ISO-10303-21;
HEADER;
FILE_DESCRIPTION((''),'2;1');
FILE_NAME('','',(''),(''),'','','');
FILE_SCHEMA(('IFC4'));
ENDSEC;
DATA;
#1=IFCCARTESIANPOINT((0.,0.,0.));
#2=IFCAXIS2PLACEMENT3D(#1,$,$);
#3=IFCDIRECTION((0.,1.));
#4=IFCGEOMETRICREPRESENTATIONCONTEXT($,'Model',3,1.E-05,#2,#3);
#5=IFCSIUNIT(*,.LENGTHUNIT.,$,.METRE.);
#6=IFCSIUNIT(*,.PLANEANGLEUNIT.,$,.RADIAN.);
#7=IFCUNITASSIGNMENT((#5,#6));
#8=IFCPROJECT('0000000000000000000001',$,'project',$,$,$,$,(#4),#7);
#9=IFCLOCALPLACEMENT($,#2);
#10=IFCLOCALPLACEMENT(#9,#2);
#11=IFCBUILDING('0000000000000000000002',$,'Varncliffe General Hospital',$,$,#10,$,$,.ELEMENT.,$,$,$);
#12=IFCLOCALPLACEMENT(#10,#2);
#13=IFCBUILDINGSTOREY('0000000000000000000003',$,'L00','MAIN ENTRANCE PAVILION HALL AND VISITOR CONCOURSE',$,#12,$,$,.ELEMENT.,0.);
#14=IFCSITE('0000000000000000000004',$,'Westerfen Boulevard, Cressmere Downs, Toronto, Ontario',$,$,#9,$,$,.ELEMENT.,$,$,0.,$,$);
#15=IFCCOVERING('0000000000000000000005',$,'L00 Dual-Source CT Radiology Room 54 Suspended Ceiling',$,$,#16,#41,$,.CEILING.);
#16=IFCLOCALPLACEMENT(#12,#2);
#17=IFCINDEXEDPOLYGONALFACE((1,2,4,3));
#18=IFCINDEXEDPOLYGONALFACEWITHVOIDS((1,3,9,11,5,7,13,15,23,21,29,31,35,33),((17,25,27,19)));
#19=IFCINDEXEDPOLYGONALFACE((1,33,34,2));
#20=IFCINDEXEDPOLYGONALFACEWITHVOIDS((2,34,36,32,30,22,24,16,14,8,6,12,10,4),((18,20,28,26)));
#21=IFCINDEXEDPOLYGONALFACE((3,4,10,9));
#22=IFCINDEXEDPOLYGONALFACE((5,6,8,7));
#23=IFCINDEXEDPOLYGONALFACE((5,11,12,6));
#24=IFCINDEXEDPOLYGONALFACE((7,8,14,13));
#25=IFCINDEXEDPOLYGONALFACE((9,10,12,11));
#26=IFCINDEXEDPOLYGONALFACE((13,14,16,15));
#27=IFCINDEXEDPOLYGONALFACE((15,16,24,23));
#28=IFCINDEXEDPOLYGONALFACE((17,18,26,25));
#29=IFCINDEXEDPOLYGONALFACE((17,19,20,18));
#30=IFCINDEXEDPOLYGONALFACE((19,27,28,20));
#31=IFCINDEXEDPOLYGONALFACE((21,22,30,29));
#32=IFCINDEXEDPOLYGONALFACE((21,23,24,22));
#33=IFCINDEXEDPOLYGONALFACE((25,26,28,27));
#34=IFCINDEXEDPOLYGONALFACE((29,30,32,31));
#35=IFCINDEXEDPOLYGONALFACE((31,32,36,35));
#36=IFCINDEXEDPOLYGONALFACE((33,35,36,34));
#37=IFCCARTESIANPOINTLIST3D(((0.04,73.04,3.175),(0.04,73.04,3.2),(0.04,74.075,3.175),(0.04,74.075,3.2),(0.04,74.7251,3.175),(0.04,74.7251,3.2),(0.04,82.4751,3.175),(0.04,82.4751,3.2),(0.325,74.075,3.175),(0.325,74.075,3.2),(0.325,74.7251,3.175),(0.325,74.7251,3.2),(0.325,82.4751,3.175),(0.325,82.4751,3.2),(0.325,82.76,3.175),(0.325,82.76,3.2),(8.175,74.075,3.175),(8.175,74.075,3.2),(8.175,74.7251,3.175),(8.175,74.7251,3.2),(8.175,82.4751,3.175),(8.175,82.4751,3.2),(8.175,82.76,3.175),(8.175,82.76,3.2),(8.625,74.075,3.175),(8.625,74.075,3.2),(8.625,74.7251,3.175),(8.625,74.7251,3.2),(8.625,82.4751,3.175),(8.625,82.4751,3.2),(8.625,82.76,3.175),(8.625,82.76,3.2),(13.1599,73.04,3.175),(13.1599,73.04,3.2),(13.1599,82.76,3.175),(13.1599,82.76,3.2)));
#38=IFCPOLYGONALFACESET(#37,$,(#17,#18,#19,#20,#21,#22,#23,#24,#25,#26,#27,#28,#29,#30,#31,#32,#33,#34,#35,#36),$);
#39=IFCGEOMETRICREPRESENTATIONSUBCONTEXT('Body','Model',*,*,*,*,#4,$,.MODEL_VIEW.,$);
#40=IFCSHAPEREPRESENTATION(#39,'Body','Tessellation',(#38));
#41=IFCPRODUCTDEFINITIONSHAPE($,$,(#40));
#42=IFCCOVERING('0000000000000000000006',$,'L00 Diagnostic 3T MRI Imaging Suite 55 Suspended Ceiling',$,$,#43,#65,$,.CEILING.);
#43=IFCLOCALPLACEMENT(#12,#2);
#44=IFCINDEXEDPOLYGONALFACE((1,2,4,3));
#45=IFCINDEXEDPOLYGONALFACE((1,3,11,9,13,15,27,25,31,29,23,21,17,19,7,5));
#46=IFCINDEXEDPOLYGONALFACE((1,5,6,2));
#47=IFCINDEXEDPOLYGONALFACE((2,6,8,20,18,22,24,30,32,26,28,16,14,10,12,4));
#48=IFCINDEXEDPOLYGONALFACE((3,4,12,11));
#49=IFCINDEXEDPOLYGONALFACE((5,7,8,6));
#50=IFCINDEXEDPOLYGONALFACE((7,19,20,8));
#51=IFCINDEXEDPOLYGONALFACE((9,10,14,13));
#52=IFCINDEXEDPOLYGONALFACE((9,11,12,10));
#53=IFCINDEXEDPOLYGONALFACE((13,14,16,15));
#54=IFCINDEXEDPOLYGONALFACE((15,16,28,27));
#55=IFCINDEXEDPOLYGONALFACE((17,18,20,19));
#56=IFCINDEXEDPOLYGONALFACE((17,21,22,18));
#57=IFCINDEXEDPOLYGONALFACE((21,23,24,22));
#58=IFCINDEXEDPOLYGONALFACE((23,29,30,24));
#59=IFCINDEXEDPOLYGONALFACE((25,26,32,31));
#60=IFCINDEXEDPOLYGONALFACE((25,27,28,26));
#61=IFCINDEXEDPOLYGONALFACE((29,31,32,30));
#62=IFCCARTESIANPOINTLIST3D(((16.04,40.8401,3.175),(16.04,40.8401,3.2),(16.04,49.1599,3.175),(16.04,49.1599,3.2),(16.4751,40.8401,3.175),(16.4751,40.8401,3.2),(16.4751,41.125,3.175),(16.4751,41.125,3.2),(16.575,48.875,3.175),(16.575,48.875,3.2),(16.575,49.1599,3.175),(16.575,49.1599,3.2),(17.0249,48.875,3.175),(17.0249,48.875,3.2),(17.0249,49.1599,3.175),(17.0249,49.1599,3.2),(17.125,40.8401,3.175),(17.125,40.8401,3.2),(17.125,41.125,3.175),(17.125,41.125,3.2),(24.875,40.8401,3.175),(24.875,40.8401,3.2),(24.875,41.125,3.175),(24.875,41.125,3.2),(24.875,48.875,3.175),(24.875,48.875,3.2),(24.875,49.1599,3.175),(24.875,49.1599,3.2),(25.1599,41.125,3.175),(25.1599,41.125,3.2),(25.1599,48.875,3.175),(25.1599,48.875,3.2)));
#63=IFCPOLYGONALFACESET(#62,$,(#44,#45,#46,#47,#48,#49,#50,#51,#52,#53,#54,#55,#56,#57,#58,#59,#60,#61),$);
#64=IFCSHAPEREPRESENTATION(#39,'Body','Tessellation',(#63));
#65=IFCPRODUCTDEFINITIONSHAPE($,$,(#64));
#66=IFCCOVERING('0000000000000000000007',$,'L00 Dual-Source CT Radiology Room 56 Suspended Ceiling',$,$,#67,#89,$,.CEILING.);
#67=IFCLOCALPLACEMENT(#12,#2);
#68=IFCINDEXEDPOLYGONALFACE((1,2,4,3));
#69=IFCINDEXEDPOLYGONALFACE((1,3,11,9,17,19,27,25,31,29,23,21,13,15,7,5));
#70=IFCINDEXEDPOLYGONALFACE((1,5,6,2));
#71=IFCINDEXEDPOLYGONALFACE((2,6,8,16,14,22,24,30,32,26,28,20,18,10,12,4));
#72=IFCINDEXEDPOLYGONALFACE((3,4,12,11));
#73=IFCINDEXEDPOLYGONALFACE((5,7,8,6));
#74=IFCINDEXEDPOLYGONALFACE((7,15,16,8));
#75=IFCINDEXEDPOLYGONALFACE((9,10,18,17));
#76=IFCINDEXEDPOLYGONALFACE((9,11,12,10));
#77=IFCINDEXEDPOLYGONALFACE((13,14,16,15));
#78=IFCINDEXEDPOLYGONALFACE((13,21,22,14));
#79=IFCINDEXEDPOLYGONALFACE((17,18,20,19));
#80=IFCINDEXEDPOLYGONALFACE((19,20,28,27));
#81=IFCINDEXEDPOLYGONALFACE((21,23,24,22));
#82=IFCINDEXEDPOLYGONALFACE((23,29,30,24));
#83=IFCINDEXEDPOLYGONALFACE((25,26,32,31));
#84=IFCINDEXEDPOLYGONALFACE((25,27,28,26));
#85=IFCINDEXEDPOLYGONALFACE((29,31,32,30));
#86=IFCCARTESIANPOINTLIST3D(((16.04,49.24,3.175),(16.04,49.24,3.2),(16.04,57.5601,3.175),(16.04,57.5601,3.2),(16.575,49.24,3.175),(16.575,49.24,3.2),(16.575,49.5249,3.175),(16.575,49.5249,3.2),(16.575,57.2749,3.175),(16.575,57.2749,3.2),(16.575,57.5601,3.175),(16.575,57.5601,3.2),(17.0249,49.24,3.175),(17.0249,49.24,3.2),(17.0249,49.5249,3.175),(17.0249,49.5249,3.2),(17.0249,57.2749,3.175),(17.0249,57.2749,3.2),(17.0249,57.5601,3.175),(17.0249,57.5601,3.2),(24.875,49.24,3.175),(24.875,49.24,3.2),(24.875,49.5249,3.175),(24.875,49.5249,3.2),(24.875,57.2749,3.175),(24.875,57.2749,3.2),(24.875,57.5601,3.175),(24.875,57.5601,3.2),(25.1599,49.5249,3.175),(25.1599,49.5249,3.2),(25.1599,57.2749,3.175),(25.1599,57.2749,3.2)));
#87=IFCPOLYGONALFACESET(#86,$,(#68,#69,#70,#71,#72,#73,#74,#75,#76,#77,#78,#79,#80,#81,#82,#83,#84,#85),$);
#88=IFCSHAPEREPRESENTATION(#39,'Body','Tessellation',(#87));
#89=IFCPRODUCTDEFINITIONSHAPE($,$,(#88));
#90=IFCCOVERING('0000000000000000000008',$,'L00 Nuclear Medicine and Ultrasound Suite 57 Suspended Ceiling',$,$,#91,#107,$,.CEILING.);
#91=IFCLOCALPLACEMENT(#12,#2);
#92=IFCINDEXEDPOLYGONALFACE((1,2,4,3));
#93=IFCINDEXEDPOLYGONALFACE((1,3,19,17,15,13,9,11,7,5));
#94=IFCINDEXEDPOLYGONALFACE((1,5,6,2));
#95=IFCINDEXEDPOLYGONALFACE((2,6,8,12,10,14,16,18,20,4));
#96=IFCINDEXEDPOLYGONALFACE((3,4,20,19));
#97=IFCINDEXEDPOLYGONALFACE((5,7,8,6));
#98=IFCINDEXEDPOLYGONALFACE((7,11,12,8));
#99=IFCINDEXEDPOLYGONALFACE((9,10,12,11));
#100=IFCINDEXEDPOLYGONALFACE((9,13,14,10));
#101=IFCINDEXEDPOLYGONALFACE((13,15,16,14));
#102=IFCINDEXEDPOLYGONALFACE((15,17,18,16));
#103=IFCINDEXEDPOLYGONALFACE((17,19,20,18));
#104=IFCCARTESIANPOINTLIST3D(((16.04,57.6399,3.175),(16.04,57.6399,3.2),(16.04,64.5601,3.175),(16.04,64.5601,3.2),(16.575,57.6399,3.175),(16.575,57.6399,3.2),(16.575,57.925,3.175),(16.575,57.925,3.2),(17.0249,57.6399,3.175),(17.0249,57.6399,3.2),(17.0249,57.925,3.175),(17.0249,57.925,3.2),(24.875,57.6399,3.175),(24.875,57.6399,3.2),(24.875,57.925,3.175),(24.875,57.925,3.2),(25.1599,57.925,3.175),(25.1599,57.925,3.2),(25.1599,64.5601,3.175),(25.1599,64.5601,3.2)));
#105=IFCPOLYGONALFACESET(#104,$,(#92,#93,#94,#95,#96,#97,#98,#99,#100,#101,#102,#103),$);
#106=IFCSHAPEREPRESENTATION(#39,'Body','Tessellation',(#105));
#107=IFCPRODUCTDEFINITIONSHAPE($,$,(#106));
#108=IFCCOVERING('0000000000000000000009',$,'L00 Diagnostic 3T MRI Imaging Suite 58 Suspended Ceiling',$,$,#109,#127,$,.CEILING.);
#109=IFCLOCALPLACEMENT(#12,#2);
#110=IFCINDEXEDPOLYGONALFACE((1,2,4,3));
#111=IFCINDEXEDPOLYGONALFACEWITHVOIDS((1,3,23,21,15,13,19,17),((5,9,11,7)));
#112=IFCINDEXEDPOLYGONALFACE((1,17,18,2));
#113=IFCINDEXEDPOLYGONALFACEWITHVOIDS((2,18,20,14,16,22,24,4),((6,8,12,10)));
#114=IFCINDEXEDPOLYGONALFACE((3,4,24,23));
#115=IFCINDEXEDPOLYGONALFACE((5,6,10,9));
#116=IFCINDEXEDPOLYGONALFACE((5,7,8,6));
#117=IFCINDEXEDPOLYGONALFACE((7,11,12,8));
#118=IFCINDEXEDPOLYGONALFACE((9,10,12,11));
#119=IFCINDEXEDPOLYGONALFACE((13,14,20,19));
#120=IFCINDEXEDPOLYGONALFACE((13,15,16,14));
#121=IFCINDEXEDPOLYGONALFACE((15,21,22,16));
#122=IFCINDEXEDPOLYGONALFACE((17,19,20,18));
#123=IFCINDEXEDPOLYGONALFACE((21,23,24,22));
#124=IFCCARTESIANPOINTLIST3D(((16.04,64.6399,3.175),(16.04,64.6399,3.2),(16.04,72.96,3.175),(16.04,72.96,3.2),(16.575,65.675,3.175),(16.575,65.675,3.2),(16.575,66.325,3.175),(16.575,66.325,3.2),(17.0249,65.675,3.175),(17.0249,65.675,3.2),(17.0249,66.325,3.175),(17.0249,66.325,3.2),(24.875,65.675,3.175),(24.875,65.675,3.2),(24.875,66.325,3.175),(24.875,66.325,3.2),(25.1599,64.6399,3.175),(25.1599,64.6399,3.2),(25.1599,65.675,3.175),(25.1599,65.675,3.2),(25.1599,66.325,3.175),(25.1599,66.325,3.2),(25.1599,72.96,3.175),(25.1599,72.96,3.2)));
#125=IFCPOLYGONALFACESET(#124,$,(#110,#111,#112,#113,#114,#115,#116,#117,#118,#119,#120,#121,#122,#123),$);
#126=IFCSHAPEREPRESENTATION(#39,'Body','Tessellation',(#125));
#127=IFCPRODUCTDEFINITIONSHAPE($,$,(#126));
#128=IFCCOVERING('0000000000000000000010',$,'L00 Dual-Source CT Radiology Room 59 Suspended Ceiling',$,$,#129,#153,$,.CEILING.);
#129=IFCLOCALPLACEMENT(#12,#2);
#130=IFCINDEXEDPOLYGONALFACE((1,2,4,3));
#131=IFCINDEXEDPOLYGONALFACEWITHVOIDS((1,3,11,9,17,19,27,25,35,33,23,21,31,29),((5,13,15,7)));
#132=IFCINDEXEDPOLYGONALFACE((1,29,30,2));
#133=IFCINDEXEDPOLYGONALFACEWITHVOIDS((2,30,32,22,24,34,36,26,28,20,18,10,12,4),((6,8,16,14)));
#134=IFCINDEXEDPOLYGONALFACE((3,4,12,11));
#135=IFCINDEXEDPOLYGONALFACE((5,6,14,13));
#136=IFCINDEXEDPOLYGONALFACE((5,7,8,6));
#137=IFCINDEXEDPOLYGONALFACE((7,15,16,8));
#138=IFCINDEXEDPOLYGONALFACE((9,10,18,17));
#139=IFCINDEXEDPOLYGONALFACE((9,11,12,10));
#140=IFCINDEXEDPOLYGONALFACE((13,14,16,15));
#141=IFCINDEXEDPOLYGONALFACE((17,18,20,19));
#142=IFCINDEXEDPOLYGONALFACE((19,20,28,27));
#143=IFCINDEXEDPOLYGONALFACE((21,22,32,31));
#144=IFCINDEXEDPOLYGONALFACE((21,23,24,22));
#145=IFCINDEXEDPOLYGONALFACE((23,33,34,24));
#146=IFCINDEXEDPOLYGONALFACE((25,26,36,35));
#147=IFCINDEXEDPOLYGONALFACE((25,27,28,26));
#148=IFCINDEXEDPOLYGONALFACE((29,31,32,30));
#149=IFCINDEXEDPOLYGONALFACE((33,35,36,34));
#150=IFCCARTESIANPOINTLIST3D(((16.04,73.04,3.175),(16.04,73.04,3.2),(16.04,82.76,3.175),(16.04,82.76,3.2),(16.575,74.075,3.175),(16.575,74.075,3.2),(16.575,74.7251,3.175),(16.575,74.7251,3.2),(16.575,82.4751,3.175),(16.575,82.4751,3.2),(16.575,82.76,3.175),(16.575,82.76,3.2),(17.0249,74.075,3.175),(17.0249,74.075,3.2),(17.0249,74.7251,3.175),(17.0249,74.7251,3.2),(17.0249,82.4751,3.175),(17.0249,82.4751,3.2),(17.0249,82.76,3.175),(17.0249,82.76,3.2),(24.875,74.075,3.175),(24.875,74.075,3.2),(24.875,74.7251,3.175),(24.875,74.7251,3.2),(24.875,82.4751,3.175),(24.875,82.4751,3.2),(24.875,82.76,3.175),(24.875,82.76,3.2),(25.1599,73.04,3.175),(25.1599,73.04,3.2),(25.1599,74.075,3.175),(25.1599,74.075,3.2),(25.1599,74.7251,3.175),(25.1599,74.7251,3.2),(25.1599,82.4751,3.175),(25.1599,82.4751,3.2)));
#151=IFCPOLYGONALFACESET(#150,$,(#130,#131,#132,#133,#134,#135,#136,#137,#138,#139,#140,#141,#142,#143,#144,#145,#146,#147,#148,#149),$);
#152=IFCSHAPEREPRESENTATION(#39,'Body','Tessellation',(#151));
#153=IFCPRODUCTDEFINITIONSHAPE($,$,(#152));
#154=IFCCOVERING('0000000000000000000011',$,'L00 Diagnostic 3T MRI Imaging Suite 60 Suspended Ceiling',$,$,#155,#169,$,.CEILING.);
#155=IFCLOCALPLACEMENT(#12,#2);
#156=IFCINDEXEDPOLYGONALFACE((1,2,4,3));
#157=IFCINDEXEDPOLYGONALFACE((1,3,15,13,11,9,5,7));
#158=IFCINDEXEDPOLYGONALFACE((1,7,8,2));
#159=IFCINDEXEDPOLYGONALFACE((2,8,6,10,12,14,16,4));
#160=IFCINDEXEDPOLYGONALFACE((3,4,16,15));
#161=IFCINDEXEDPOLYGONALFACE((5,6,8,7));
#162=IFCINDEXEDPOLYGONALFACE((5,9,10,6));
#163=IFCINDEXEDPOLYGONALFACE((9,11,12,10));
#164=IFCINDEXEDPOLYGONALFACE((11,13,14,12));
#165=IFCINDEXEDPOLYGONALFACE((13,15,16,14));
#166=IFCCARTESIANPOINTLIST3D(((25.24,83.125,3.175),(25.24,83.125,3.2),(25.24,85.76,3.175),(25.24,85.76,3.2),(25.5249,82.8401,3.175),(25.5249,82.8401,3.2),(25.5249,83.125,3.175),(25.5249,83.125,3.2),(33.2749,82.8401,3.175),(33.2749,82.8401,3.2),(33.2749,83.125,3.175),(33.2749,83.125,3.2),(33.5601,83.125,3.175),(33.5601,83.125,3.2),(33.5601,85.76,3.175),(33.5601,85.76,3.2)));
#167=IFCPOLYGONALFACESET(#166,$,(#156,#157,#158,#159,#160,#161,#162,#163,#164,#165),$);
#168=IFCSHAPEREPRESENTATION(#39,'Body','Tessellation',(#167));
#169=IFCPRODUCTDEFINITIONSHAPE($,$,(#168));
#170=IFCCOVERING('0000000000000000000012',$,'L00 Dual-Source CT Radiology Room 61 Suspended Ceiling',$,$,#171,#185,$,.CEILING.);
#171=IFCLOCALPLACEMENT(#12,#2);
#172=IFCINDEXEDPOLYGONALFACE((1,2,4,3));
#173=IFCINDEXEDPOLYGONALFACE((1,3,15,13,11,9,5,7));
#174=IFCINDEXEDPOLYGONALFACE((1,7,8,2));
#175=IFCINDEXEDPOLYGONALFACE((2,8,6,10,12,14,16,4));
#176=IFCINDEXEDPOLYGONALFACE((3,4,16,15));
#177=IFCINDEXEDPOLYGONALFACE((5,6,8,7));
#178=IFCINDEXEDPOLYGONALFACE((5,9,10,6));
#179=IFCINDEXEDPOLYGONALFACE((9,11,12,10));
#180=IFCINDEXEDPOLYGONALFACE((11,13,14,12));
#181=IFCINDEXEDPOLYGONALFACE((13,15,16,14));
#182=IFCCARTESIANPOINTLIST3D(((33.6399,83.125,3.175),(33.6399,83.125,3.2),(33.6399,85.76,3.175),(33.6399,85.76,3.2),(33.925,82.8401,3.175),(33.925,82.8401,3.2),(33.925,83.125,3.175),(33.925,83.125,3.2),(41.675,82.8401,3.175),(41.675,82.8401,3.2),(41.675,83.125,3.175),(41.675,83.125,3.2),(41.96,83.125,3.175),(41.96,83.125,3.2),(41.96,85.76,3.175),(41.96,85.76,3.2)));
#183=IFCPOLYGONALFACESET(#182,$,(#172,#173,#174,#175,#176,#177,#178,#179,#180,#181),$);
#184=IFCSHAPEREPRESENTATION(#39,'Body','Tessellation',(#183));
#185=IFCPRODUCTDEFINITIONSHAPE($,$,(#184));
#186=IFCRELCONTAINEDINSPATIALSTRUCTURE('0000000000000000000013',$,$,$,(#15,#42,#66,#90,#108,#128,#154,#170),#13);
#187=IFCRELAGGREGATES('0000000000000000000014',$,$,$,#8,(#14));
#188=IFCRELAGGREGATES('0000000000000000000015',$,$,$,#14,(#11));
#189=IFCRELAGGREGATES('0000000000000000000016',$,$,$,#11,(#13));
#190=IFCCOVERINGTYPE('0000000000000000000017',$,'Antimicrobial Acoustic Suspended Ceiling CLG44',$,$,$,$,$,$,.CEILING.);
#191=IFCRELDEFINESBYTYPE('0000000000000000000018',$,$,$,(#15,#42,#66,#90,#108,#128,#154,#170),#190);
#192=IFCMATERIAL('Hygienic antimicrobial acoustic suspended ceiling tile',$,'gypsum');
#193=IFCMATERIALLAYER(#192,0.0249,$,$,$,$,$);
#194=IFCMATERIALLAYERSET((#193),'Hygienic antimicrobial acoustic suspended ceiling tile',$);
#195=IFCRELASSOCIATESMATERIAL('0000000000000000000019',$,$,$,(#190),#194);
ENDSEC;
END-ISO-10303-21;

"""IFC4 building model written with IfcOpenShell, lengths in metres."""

from ifc_helpers import new_model, si_unit, direction, frame, origin, place, context, subcontext, project, spatial, polyline, outline, extrude, material, layer, layer_set, type_object, element, save


model = new_model("IFC4")

# Units and contexts
model_context = context("Model", 3, precision=1e-05, world=origin(), true_north=direction((0.0, 1.0)))
body_context = subcontext(model_context, "Body", "Model", "MODEL_VIEW")
ifc_project = project(units=[si_unit("LENGTHUNIT", "METRE"), si_unit("PLANEANGLEUNIT", "RADIAN")], contexts=[model_context])

# Site, building, storey
site_placement = place(None, origin())
site = spatial("IfcSite", under=ifc_project, at=site_placement, Name="Westerfen Boulevard, Cressmere Downs, Toronto, Ontario", CompositionType="ELEMENT", RefElevation=0.0)
building_placement = place(site_placement, origin())
building = spatial("IfcBuilding", under=site, at=building_placement, Name="Varncliffe General Hospital", CompositionType="ELEMENT")
storey_placement = place(building_placement, origin())
storey = spatial("IfcBuildingStorey", under=building, at=storey_placement, Name="L00", Description="MAIN ENTRANCE PAVILION HALL AND VISITOR CONCOURSE", CompositionType="ELEMENT", Elevation=0.0)

# Coverings
ifc_material_1 = material(Name="Hygienic antimicrobial acoustic suspended ceiling tile", Category="gypsum")
ifc_layer_1 = layer(ifc_material_1, 0.0249)
ifc_layer_set_1 = layer_set([ifc_layer_1], Name="Hygienic antimicrobial acoustic suspended ceiling tile")
covering_type = type_object("IfcCoveringType", Name="Antimicrobial Acoustic Suspended Ceiling CLG44", PredefinedType="CEILING", material=ifc_layer_set_1)
covering_1_placement = place(storey_placement, frame((0.0, 0.0, 3.175)))
element("IfcCovering", 1, at=covering_1_placement, inside=storey, type_object=covering_type, Name="L00 Dual-Source CT Radiology Room 54 Suspended Ceiling", PredefinedType="CEILING", context=body_context, shape_type="SweptSolid", body=[
    extrude(outline(polyline([(13.1599, 73.04), (0.04, 73.04), (0.04, 74.075), (0.325, 74.075), (0.325, 74.7251), (0.04, 74.7251), (0.04, 82.4751), (0.325, 82.4751), (0.325, 82.76), (8.175, 82.76), (8.175, 82.4751), (8.625, 82.4751), (8.625, 82.76), (13.1599, 82.76), (13.1599, 73.04)]), holes=[polyline([(8.625, 74.075), (8.625, 74.7251), (8.175, 74.7251), (8.175, 74.075), (8.625, 74.075)])]), origin(), (0.0, 0.0, 1.0), 0.0249),
])
covering_2_placement = place(storey_placement, frame((0.0, 0.0, 3.175)))
element("IfcCovering", 2, at=covering_2_placement, inside=storey, type_object=covering_type, Name="L00 Diagnostic 3T MRI Imaging Suite 55 Suspended Ceiling", PredefinedType="CEILING", context=body_context, shape_type="SweptSolid", body=[
    extrude(outline(polyline([(16.575, 48.875), (17.0249, 48.875), (17.0249, 49.1599), (24.875, 49.1599), (24.875, 48.875), (25.1599, 48.875), (25.1599, 41.125), (24.875, 41.125), (24.875, 40.8401), (17.125, 40.8401), (17.125, 41.125), (16.4751, 41.125), (16.4751, 40.8401), (16.04, 40.8401), (16.04, 49.1599), (16.575, 49.1599), (16.575, 48.875)])), origin(), (0.0, 0.0, 1.0), 0.0249),
])
covering_3_placement = place(storey_placement, frame((0.0, 0.0, 3.175)))
element("IfcCovering", 3, at=covering_3_placement, inside=storey, type_object=covering_type, Name="L00 Dual-Source CT Radiology Room 56 Suspended Ceiling", PredefinedType="CEILING", context=body_context, shape_type="SweptSolid", body=[
    extrude(outline(polyline([(16.575, 57.2749), (17.0249, 57.2749), (17.0249, 57.5601), (24.875, 57.5601), (24.875, 57.2749), (25.1599, 57.2749), (25.1599, 49.5249), (24.875, 49.5249), (24.875, 49.24), (17.0249, 49.24), (17.0249, 49.5249), (16.575, 49.5249), (16.575, 49.24), (16.04, 49.24), (16.04, 57.5601), (16.575, 57.5601), (16.575, 57.2749)])), origin(), (0.0, 0.0, 1.0), 0.0249),
])
covering_4_placement = place(storey_placement, frame((0.0, 0.0, 3.175)))
element("IfcCovering", 4, at=covering_4_placement, inside=storey, type_object=covering_type, Name="L00 Nuclear Medicine and Ultrasound Suite 57 Suspended Ceiling", PredefinedType="CEILING", context=body_context, shape_type="SweptSolid", body=[
    extrude(outline(polyline([(16.04, 64.5601), (25.1599, 64.5601), (25.1599, 57.925), (24.875, 57.925), (24.875, 57.6399), (17.0249, 57.6399), (17.0249, 57.925), (16.575, 57.925), (16.575, 57.6399), (16.04, 57.6399), (16.04, 64.5601)])), origin(), (0.0, 0.0, 1.0), 0.0249),
])
covering_5_placement = place(storey_placement, frame((0.0, 0.0, 3.175)))
element("IfcCovering", 5, at=covering_5_placement, inside=storey, type_object=covering_type, Name="L00 Diagnostic 3T MRI Imaging Suite 58 Suspended Ceiling", PredefinedType="CEILING", context=body_context, shape_type="SweptSolid", body=[
    extrude(outline(polyline([(25.1599, 64.6399), (16.04, 64.6399), (16.04, 72.96), (25.1599, 72.96), (25.1599, 66.325), (24.875, 66.325), (24.875, 65.675), (25.1599, 65.675), (25.1599, 64.6399)]), holes=[polyline([(17.0249, 65.675), (17.0249, 66.325), (16.575, 66.325), (16.575, 65.675), (17.0249, 65.675)])]), origin(), (0.0, 0.0, 1.0), 0.0249),
])
covering_6_placement = place(storey_placement, frame((0.0, 0.0, 3.175)))
element("IfcCovering", 6, at=covering_6_placement, inside=storey, type_object=covering_type, Name="L00 Dual-Source CT Radiology Room 59 Suspended Ceiling", PredefinedType="CEILING", context=body_context, shape_type="SweptSolid", body=[
    extrude(outline(polyline([(24.875, 74.7251), (24.875, 74.075), (25.1599, 74.075), (25.1599, 73.04), (16.04, 73.04), (16.04, 82.76), (16.575, 82.76), (16.575, 82.4751), (17.0249, 82.4751), (17.0249, 82.76), (24.875, 82.76), (24.875, 82.4751), (25.1599, 82.4751), (25.1599, 74.7251), (24.875, 74.7251)]), holes=[polyline([(17.0249, 74.075), (17.0249, 74.7251), (16.575, 74.7251), (16.575, 74.075), (17.0249, 74.075)])]), origin(), (0.0, 0.0, 1.0), 0.0249),
])
covering_7_placement = place(storey_placement, frame((0.0, 0.0, 3.175)))
element("IfcCovering", 7, at=covering_7_placement, inside=storey, type_object=covering_type, Name="L00 Diagnostic 3T MRI Imaging Suite 60 Suspended Ceiling", PredefinedType="CEILING", context=body_context, shape_type="SweptSolid", body=[
    extrude(outline(polyline([(33.5601, 85.76), (33.5601, 83.125), (33.2749, 83.125), (33.2749, 82.8401), (25.5249, 82.8401), (25.5249, 83.125), (25.24, 83.125), (25.24, 85.76), (33.5601, 85.76)])), origin(), (0.0, 0.0, 1.0), 0.0249),
])
covering_8_placement = place(storey_placement, frame((0.0, 0.0, 3.175)))
element("IfcCovering", 8, at=covering_8_placement, inside=storey, type_object=covering_type, Name="L00 Dual-Source CT Radiology Room 61 Suspended Ceiling", PredefinedType="CEILING", context=body_context, shape_type="SweptSolid", body=[
    extrude(outline(polyline([(41.96, 85.76), (41.96, 83.125), (41.675, 83.125), (41.675, 82.8401), (33.925, 82.8401), (33.925, 83.125), (33.6399, 83.125), (33.6399, 85.76), (41.96, 85.76)])), origin(), (0.0, 0.0, 1.0), 0.0249),
])

save(model, "model.ifc")
